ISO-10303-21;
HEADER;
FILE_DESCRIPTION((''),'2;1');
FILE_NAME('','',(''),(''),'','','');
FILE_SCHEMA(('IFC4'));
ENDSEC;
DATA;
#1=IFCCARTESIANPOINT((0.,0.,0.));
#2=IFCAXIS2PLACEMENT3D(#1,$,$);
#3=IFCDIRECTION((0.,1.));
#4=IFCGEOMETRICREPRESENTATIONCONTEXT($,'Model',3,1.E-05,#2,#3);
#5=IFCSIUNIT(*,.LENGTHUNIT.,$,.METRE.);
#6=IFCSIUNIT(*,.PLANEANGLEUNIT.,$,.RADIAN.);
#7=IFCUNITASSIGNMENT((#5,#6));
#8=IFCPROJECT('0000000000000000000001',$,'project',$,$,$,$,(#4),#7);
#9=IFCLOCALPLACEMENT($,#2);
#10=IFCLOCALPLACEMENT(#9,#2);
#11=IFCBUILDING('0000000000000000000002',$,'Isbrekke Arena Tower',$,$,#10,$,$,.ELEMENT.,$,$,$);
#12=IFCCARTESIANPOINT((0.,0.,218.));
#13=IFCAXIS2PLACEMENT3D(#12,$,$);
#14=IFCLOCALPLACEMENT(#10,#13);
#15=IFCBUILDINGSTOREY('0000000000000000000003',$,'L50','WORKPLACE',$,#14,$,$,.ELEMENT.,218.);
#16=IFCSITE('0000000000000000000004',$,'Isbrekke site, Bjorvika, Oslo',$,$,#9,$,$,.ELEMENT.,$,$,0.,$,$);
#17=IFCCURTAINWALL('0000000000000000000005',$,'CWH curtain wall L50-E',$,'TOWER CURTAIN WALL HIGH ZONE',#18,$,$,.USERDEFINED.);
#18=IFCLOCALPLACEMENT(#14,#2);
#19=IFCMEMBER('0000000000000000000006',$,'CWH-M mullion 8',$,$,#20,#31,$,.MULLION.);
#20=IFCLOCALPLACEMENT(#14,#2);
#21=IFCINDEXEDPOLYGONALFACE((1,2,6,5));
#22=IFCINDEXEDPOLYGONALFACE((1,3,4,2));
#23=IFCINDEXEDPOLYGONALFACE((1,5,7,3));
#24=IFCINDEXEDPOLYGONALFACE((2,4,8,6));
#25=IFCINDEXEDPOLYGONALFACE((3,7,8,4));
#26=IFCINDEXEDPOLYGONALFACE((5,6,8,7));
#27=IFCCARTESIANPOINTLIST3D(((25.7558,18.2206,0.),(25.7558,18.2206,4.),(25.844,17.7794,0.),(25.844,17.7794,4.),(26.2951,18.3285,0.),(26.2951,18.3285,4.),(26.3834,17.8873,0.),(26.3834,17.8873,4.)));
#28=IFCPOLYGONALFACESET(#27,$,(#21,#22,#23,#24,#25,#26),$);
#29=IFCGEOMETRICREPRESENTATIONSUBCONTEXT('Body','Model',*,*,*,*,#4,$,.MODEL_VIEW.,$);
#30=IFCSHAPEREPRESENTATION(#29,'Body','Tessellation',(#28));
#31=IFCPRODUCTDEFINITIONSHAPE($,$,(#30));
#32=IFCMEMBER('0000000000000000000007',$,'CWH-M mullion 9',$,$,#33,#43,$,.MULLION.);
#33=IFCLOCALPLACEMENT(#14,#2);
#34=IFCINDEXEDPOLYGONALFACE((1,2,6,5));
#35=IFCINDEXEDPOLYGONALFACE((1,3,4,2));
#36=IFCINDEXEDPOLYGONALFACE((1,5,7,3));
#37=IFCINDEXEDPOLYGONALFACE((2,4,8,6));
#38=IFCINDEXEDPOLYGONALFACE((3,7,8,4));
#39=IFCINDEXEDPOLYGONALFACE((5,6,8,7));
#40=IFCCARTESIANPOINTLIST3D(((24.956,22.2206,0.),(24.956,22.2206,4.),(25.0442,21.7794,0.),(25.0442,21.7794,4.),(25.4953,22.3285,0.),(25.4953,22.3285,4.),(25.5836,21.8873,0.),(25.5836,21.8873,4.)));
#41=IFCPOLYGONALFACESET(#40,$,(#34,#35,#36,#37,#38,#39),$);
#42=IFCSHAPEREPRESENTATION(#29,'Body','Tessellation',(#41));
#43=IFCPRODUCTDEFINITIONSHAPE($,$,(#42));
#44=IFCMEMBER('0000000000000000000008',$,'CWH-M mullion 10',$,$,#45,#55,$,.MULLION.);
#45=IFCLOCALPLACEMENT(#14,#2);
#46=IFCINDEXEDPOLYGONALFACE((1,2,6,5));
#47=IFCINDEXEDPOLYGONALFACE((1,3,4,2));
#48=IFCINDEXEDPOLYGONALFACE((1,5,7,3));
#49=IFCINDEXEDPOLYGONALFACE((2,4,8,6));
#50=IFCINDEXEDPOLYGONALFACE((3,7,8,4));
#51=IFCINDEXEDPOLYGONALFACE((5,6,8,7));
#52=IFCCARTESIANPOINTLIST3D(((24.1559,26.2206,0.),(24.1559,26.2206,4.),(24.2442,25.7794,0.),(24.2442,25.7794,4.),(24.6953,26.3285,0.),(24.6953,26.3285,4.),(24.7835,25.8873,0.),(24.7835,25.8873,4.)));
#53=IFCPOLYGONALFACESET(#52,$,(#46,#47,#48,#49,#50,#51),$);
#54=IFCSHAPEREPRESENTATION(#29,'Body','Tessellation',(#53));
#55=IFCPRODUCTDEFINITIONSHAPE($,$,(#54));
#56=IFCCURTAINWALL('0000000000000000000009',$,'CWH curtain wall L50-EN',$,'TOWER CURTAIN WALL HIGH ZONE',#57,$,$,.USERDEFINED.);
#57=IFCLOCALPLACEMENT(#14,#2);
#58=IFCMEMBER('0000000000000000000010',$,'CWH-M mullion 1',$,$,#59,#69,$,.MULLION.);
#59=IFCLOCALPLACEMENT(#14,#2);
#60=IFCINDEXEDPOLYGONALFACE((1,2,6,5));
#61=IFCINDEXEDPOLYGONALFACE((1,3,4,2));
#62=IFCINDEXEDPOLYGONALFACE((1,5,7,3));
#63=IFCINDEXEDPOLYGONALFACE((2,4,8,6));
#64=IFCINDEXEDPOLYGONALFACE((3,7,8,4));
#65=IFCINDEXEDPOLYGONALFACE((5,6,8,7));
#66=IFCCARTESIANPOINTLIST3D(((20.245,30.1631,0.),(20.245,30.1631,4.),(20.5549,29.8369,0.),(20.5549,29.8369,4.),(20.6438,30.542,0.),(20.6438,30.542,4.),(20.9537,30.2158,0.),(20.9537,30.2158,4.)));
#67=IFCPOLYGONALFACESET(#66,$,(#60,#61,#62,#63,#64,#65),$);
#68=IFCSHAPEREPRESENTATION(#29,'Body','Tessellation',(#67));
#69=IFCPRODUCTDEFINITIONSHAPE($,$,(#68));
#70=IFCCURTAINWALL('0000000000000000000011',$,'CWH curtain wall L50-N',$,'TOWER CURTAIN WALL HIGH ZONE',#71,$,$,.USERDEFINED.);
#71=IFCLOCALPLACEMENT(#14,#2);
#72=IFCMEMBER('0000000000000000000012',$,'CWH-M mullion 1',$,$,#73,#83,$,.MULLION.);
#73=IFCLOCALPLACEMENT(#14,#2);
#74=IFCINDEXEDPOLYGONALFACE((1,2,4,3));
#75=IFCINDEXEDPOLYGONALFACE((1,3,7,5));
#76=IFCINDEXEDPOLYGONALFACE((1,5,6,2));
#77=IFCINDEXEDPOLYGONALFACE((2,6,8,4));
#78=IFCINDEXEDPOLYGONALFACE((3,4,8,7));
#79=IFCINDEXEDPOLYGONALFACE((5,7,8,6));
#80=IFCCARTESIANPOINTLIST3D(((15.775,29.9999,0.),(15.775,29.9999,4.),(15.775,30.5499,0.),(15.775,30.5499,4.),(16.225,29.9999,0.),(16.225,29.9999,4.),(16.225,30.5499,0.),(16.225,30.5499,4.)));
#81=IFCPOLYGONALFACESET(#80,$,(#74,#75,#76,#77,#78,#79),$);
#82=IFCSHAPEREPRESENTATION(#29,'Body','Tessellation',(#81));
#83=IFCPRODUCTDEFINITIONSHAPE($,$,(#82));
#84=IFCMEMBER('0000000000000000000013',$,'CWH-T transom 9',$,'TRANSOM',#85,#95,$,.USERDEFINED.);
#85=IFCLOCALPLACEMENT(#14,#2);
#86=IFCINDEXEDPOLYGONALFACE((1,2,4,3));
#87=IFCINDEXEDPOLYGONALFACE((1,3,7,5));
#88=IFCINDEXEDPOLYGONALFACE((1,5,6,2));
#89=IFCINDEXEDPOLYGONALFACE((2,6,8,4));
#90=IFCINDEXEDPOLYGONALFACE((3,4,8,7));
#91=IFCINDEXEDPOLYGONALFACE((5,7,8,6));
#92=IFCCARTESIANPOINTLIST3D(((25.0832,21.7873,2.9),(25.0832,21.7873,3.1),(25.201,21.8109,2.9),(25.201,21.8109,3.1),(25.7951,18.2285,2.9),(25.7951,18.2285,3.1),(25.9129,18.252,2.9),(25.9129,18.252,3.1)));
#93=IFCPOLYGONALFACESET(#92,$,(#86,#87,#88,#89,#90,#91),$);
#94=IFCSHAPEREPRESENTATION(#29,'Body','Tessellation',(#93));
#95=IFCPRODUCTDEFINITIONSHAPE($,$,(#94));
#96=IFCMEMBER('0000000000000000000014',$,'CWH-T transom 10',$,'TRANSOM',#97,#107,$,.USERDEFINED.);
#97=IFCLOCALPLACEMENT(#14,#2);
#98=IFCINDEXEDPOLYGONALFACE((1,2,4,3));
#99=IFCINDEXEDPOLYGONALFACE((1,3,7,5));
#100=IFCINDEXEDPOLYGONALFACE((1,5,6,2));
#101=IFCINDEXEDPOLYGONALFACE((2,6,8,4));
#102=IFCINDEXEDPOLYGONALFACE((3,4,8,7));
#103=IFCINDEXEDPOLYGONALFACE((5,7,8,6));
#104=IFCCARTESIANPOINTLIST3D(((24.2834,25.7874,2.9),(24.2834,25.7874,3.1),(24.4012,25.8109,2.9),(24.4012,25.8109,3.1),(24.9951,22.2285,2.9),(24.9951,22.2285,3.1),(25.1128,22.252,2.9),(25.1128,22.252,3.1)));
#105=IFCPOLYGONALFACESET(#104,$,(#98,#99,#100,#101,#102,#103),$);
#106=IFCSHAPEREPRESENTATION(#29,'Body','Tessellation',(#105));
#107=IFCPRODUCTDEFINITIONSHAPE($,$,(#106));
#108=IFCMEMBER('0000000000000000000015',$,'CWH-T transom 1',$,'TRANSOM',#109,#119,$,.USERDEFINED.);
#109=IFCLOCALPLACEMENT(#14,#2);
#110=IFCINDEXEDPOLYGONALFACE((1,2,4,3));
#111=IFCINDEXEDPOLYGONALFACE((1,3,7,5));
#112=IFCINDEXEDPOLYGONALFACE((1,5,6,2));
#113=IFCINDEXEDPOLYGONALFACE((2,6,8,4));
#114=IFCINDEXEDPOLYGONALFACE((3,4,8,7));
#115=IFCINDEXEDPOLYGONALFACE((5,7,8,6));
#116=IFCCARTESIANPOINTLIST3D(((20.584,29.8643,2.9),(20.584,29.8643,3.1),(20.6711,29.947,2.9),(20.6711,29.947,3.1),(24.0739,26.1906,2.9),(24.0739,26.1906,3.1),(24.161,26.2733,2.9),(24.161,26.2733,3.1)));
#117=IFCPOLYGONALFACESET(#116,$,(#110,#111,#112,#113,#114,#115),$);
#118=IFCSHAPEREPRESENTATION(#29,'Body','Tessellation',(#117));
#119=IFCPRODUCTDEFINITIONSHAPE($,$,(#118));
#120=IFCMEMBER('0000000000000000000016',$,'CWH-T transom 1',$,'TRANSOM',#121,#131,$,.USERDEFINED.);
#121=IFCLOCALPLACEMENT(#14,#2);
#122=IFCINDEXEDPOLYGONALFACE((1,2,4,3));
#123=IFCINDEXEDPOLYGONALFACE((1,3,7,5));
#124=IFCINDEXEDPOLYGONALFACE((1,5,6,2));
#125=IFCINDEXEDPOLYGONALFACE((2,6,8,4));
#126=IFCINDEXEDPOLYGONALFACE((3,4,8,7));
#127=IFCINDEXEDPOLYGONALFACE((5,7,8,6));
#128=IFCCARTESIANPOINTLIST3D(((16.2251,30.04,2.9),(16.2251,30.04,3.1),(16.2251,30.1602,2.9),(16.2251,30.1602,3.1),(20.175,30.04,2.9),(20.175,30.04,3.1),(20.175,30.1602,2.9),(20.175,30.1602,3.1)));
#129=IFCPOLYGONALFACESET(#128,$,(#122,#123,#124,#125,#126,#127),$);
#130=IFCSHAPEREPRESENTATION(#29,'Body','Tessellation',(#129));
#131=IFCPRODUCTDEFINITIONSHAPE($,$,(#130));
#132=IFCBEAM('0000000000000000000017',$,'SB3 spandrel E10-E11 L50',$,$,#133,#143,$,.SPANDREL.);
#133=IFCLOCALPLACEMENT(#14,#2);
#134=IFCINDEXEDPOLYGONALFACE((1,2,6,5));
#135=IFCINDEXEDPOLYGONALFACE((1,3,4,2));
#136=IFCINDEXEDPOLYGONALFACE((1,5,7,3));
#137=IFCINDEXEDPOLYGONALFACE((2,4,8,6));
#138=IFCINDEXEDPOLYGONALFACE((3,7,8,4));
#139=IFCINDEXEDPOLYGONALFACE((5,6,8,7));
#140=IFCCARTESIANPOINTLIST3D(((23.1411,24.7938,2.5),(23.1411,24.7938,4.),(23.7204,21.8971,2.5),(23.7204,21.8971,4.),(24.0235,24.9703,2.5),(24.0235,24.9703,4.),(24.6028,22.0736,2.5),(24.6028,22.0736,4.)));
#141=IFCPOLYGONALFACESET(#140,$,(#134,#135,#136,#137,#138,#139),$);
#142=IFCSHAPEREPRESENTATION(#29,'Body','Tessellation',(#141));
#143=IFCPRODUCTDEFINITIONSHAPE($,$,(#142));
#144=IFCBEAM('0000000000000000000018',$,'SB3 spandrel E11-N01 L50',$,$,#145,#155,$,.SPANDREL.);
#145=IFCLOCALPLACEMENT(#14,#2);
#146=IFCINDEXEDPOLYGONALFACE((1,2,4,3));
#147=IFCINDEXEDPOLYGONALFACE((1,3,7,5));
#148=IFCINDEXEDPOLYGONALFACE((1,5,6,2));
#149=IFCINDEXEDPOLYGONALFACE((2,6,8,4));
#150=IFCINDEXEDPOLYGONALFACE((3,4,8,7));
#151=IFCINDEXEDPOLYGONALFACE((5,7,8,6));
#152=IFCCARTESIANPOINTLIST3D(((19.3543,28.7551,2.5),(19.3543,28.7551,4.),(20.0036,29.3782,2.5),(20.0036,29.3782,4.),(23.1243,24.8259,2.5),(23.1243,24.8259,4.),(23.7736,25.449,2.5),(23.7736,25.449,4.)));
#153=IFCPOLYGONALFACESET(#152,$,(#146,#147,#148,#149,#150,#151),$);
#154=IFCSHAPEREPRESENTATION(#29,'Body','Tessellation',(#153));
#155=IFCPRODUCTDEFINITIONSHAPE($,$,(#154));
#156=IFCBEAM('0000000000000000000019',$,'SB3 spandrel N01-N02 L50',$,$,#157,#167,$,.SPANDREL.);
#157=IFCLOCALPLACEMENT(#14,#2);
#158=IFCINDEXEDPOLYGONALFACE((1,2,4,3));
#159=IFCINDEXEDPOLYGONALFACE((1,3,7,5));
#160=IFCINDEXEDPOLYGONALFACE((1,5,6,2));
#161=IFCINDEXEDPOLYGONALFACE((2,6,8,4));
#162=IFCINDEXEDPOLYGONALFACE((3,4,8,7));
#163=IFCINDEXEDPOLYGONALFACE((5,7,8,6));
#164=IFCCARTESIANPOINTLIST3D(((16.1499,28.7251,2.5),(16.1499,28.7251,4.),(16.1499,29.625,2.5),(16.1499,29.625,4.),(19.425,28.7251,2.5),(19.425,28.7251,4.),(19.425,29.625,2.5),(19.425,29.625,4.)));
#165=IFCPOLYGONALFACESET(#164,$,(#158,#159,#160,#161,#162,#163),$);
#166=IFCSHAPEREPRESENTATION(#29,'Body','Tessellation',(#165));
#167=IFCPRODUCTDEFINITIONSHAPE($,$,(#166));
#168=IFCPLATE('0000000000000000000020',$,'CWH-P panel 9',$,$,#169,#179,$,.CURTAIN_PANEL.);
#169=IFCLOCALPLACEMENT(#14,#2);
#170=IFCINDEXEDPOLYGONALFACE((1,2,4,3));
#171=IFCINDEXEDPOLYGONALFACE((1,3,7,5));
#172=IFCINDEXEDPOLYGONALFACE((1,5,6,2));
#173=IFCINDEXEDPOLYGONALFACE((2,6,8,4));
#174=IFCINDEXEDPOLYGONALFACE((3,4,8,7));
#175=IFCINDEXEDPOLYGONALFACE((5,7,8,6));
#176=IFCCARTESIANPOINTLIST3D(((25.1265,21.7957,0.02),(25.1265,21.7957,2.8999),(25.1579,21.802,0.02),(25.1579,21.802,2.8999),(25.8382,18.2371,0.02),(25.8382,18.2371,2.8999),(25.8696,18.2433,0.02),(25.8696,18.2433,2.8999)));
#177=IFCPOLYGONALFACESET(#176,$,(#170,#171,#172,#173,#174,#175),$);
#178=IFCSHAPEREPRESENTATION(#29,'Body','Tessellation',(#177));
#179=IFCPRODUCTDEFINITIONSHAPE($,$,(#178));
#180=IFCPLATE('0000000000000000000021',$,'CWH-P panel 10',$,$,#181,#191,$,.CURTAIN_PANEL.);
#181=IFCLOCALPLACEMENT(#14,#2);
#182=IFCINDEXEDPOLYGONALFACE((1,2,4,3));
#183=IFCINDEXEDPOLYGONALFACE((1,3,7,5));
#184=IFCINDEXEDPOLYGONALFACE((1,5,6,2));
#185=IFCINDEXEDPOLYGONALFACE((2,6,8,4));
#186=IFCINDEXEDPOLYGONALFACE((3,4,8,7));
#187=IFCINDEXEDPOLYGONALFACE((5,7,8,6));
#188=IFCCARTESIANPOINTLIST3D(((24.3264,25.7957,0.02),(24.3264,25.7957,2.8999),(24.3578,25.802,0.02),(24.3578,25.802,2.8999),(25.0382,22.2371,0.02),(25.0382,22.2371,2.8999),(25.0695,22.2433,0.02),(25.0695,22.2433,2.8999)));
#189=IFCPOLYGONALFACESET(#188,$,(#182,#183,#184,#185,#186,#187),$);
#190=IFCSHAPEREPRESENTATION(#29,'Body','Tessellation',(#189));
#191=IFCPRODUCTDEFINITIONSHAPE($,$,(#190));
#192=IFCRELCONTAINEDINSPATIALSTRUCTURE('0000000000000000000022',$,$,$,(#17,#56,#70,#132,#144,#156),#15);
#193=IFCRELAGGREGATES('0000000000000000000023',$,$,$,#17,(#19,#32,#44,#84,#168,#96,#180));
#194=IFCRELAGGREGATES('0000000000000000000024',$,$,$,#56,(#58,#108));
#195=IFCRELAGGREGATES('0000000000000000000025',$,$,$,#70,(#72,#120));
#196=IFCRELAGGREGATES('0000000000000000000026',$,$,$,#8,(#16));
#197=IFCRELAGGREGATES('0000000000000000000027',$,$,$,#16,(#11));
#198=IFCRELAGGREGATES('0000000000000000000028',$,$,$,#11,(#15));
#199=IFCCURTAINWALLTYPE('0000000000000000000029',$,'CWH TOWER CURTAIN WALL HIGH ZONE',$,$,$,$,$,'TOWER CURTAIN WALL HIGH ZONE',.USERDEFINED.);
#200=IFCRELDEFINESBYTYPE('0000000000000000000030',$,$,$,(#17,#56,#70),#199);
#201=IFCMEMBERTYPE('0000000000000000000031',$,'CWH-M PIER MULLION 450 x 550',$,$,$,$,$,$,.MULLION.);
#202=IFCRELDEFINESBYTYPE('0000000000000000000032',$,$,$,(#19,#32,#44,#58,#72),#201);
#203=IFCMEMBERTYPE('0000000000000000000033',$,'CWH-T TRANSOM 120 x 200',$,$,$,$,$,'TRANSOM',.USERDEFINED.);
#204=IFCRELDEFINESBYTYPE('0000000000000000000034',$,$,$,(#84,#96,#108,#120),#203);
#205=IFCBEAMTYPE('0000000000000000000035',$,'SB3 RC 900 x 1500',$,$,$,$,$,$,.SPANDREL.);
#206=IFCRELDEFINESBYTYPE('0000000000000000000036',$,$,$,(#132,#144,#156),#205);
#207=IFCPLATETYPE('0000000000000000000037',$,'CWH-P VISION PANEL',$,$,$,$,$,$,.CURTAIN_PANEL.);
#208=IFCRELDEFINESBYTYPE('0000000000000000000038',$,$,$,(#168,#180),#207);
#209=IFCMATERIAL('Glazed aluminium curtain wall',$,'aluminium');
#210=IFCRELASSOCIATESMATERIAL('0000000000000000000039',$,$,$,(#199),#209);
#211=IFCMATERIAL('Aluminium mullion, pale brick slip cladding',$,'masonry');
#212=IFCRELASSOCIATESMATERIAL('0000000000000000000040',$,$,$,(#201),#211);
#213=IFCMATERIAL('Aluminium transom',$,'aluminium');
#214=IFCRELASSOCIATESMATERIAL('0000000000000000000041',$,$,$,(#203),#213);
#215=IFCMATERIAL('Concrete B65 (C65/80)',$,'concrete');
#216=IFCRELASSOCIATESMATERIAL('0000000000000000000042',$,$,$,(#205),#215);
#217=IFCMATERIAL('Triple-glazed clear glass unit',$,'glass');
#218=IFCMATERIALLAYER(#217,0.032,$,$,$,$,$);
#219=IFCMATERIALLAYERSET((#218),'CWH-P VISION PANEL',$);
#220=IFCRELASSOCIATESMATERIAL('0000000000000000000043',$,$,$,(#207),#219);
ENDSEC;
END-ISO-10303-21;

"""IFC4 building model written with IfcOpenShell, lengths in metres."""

from ifc_helpers import new_model, si_unit, direction, frame, origin, origin_2d, place, context, subcontext, project, spatial, rectangle, extrude, material, layer, layer_set, material_profile, profile_set, type_object, element, aggregate, save


model = new_model("IFC4")

# Units and contexts
model_context = context("Model", 3, precision=1e-05, world=origin(), true_north=direction((0.0, 1.0)))
body_context = subcontext(model_context, "Body", "Model", "MODEL_VIEW")
ifc_project = project(units=[si_unit("LENGTHUNIT", "METRE"), si_unit("PLANEANGLEUNIT", "RADIAN")], contexts=[model_context])

# Site, building, storey
site_placement = place(None, origin())
site = spatial("IfcSite", under=ifc_project, at=site_placement, Name="Isbrekke site, Bjorvika, Oslo", CompositionType="ELEMENT", RefElevation=0.0)
building_placement = place(site_placement, origin())
building = spatial("IfcBuilding", under=site, at=building_placement, Name="Isbrekke Arena Tower", CompositionType="ELEMENT")
storey_placement = place(building_placement, frame((0.0, 0.0, 218.0)))
storey = spatial("IfcBuildingStorey", under=building, at=storey_placement, Name="L50", Description="WORKPLACE", CompositionType="ELEMENT", Elevation=218.0)

# Curtain wall, members
ifc_material_1 = material(Name="Glazed aluminium curtain wall", Category="aluminium")
curtain_wall_type = type_object("IfcCurtainWallType", Name="CWH TOWER CURTAIN WALL HIGH ZONE", ElementType="TOWER CURTAIN WALL HIGH ZONE", PredefinedType="USERDEFINED", material=ifc_material_1)
curtain_wall_1_placement = place(storey_placement, origin())
curtain_wall_1 = element("IfcCurtainWall", 1, at=curtain_wall_1_placement, inside=storey, type_object=curtain_wall_type, Name="CWH curtain wall L50-E", ObjectType="TOWER CURTAIN WALL HIGH ZONE", PredefinedType="USERDEFINED")
ifc_material_2 = material(Name="Aluminium mullion, pale brick slip cladding", Category="masonry")
ifc_material_profile_1 = material_profile(ifc_material_2, rectangle(XDim=0.45, YDim=0.55, at=origin_2d()), Name="PIER 450X550")
ifc_profile_set_1 = profile_set([ifc_material_profile_1], Name="Aluminium mullion, pale brick slip cladding")
member_type_1 = type_object("IfcMemberType", Name="CWH-M PIER MULLION 450 x 550", PredefinedType="MULLION", material=ifc_profile_set_1)
member_1_placement = place(storey_placement, frame((26.0696, 18.054, 0.0), z_axis=(0.0, 0.0, 1.0), x_axis=(-0.196116, 0.980581, 0.0)))
member_1 = element("IfcMember", 2, at=member_1_placement, type_object=member_type_1, Name="CWH-M mullion 8", PredefinedType="MULLION", context=body_context, shape_type="SweptSolid", body=[
    extrude(rectangle(XDim=0.45, YDim=0.55, at=origin_2d()), origin(), (0.0, 0.0, 1.0), 4.0),
])
member_2_placement = place(storey_placement, frame((25.2698, 22.054, 0.0), z_axis=(0.0, 0.0, 1.0), x_axis=(-0.196116, 0.980581, 0.0)))
member_2 = element("IfcMember", 3, at=member_2_placement, type_object=member_type_1, Name="CWH-M mullion 9", PredefinedType="MULLION", context=body_context, shape_type="SweptSolid", body=[
    extrude(rectangle(XDim=0.45, YDim=0.55, at=origin_2d()), origin(), (0.0, 0.0, 1.0), 4.0),
])
member_3_placement = place(storey_placement, frame((24.4697, 26.054, 0.0), z_axis=(0.0, 0.0, 1.0), x_axis=(-0.196116, 0.980581, 0.0)))
member_3 = element("IfcMember", 4, at=member_3_placement, type_object=member_type_1, Name="CWH-M mullion 10", PredefinedType="MULLION", context=body_context, shape_type="SweptSolid", body=[
    extrude(rectangle(XDim=0.45, YDim=0.55, at=origin_2d()), origin(), (0.0, 0.0, 1.0), 4.0),
])

# Curtain walls, members
curtain_wall_2_placement = place(storey_placement, origin())
curtain_wall_2 = element("IfcCurtainWall", 5, at=curtain_wall_2_placement, inside=storey, type_object=curtain_wall_type, Name="CWH curtain wall L50-EN", ObjectType="TOWER CURTAIN WALL HIGH ZONE", PredefinedType="USERDEFINED")
member_4_placement = place(storey_placement, frame((20.5994, 30.1895, 0.0), z_axis=(0.0, 0.0, 1.0), x_axis=(-0.688749, 0.724999, 0.0)))
member_4 = element("IfcMember", 6, at=member_4_placement, type_object=member_type_1, Name="CWH-M mullion 1", PredefinedType="MULLION", context=body_context, shape_type="SweptSolid", body=[
    extrude(rectangle(XDim=0.45, YDim=0.55, at=origin_2d()), origin(), (0.0, 0.0, 1.0), 4.0),
])
curtain_wall_3_placement = place(storey_placement, origin())
curtain_wall_3 = element("IfcCurtainWall", 7, at=curtain_wall_3_placement, inside=storey, type_object=curtain_wall_type, Name="CWH curtain wall L50-N", ObjectType="TOWER CURTAIN WALL HIGH ZONE", PredefinedType="USERDEFINED")
member_5_placement = place(storey_placement, frame((16.0, 30.2749, 0.0), z_axis=(0.0, 0.0, 1.0), x_axis=(-1.0, 0.0, 0.0)))
member_5 = element("IfcMember", 8, at=member_5_placement, type_object=member_type_1, Name="CWH-M mullion 1", PredefinedType="MULLION", context=body_context, shape_type="SweptSolid", body=[
    extrude(rectangle(XDim=0.45, YDim=0.55, at=origin_2d()), origin(), (0.0, 0.0, 1.0), 4.0),
])

# Members
ifc_material_3 = material(Name="Aluminium transom", Category="aluminium")
ifc_material_profile_2 = material_profile(ifc_material_3, rectangle(XDim=0.1201, YDim=0.2, at=origin_2d()), Name="TRANSOM 120X200")
ifc_profile_set_2 = profile_set([ifc_material_profile_2], Name="Aluminium transom")
member_type_2 = type_object("IfcMemberType", Name="CWH-T TRANSOM 120 x 200", ElementType="TRANSOM", PredefinedType="USERDEFINED", material=ifc_profile_set_2)
member_6_placement = place(storey_placement, frame((25.854, 18.2402, 3.0), z_axis=(-0.196155, 0.980573, 0.0), x_axis=(-0.980573, -0.196155, 0.0)))
member_6 = element("IfcMember", 9, at=member_6_placement, type_object=member_type_2, Name="CWH-T transom 9", ObjectType="TRANSOM", PredefinedType="USERDEFINED", context=body_context, shape_type="SweptSolid", body=[
    extrude(rectangle(XDim=0.1201, YDim=0.2, at=origin_2d()), origin(), (0.0, 0.0, 1.0), 3.6294),
])
member_7_placement = place(storey_placement, frame((25.054, 22.2402, 3.0), z_axis=(-0.19609, 0.980586, 0.0), x_axis=(-0.980586, -0.19609, 0.0)))
member_7 = element("IfcMember", 10, at=member_7_placement, type_object=member_type_2, Name="CWH-T transom 10", ObjectType="TRANSOM", PredefinedType="USERDEFINED", context=body_context, shape_type="SweptSolid", body=[
    extrude(rectangle(XDim=0.1201, YDim=0.2, at=origin_2d()), origin(), (0.0, 0.0, 1.0), 3.6294),
])
member_8_placement = place(storey_placement, frame((24.1174, 26.2319, 3.0), z_axis=(-0.688734, 0.725014, 0.0), x_axis=(-0.725014, -0.688734, 0.0)))
member_8 = element("IfcMember", 11, at=member_8_placement, type_object=member_type_2, Name="CWH-T transom 1", ObjectType="TRANSOM", PredefinedType="USERDEFINED", context=body_context, shape_type="SweptSolid", body=[
    extrude(rectangle(XDim=0.1201, YDim=0.2, at=origin_2d()), origin(), (0.0, 0.0, 1.0), 5.0671),
])
member_9_placement = place(storey_placement, frame((20.175, 30.1001, 3.0), z_axis=(-1.0, 0.0, 0.0), x_axis=(0.0, -1.0, 0.0)))
member_9 = element("IfcMember", 12, at=member_9_placement, type_object=member_type_2, Name="CWH-T transom 1", ObjectType="TRANSOM", PredefinedType="USERDEFINED", context=body_context, shape_type="SweptSolid", body=[
    extrude(rectangle(XDim=0.1201, YDim=0.2, at=origin_2d()), origin(), (0.0, 0.0, 1.0), 3.95),
])

# Beams
ifc_material_4 = material(Name="Concrete B65 (C65/80)", Category="concrete")
ifc_material_profile_3 = material_profile(ifc_material_4, rectangle(XDim=0.8999, YDim=1.5, at=origin_2d()), Name="RC 900x1500")
ifc_profile_set_3 = profile_set([ifc_material_profile_3], Name="Concrete B65 (C65/80)")
beam_type_1 = type_object("IfcBeamType", Name="SB3 RC 900 x 1500", PredefinedType="SPANDREL", material=ifc_profile_set_3)
beam_1_placement = place(storey_placement, frame((24.1616, 21.9854, 3.25), z_axis=(-0.196116, 0.980581, 0.0), x_axis=(-0.980581, -0.196116, 0.0)))
element("IfcBeam", 13, at=beam_1_placement, inside=storey, type_object=beam_type_1, Name="SB3 spandrel E10-E11 L50", PredefinedType="SPANDREL", context=body_context, shape_type="SweptSolid", body=[
    extrude(rectangle(XDim=0.8999, YDim=1.5, at=origin_2d()), origin(), (0.0, 0.0, 1.0), 2.9541),
])
beam_2_placement = place(storey_placement, frame((23.449, 25.1375, 3.25), z_axis=(-0.69234, 0.721572, 0.0), x_axis=(-0.721572, -0.69234, 0.0)))
element("IfcBeam", 14, at=beam_2_placement, inside=storey, type_object=beam_type_1, Name="SB3 spandrel E11-N01 L50", PredefinedType="SPANDREL", context=body_context, shape_type="SweptSolid", body=[
    extrude(rectangle(XDim=0.8999, YDim=1.5, at=origin_2d()), origin(), (0.0, 0.0, 1.0), 5.4453),
])
beam_3_placement = place(storey_placement, frame((19.425, 29.175, 3.25), z_axis=(-1.0, 0.0, 0.0), x_axis=(0.0, -1.0, 0.0)))
element("IfcBeam", 15, at=beam_3_placement, inside=storey, type_object=beam_type_1, Name="SB3 spandrel N01-N02 L50", PredefinedType="SPANDREL", context=body_context, shape_type="SweptSolid", body=[
    extrude(rectangle(XDim=0.8999, YDim=1.5, at=origin_2d()), origin(), (0.0, 0.0, 1.0), 3.2751),
])

# Plates
ifc_material_5 = material(Name="Triple-glazed clear glass unit", Category="glass")
ifc_layer_1 = layer(ifc_material_5, 0.032)
ifc_layer_set_1 = layer_set([ifc_layer_1], Name="CWH-P VISION PANEL")
plate_type = type_object("IfcPlateType", Name="CWH-P VISION PANEL", PredefinedType="CURTAIN_PANEL", material=ifc_layer_set_1)
plate_1_placement = place(storey_placement, frame((25.498, 20.0195, 0.02), z_axis=(0.0, 0.0, 1.0), x_axis=(-0.196116, 0.980581, 0.0)))
plate_1 = element("IfcPlate", 16, at=plate_1_placement, type_object=plate_type, Name="CWH-P panel 9", PredefinedType="CURTAIN_PANEL", context=body_context, shape_type="SweptSolid", body=[
    extrude(rectangle(XDim=3.6292, YDim=0.032, at=origin_2d()), origin(), (0.0, 0.0, 1.0), 2.8799),
])
plate_2_placement = place(storey_placement, frame((24.698, 24.0195, 0.02), z_axis=(0.0, 0.0, 1.0), x_axis=(-0.196116, 0.980581, 0.0)))
plate_2 = element("IfcPlate", 17, at=plate_2_placement, type_object=plate_type, Name="CWH-P panel 10", PredefinedType="CURTAIN_PANEL", context=body_context, shape_type="SweptSolid", body=[
    extrude(rectangle(XDim=3.6292, YDim=0.032, at=origin_2d()), origin(), (0.0, 0.0, 1.0), 2.8799),
])
aggregate(curtain_wall_1, [member_1, member_2, member_3, member_6, plate_1, member_7, plate_2])
aggregate(curtain_wall_2, [member_4, member_8])
aggregate(curtain_wall_3, [member_5, member_9])

save(model, "model.ifc")
